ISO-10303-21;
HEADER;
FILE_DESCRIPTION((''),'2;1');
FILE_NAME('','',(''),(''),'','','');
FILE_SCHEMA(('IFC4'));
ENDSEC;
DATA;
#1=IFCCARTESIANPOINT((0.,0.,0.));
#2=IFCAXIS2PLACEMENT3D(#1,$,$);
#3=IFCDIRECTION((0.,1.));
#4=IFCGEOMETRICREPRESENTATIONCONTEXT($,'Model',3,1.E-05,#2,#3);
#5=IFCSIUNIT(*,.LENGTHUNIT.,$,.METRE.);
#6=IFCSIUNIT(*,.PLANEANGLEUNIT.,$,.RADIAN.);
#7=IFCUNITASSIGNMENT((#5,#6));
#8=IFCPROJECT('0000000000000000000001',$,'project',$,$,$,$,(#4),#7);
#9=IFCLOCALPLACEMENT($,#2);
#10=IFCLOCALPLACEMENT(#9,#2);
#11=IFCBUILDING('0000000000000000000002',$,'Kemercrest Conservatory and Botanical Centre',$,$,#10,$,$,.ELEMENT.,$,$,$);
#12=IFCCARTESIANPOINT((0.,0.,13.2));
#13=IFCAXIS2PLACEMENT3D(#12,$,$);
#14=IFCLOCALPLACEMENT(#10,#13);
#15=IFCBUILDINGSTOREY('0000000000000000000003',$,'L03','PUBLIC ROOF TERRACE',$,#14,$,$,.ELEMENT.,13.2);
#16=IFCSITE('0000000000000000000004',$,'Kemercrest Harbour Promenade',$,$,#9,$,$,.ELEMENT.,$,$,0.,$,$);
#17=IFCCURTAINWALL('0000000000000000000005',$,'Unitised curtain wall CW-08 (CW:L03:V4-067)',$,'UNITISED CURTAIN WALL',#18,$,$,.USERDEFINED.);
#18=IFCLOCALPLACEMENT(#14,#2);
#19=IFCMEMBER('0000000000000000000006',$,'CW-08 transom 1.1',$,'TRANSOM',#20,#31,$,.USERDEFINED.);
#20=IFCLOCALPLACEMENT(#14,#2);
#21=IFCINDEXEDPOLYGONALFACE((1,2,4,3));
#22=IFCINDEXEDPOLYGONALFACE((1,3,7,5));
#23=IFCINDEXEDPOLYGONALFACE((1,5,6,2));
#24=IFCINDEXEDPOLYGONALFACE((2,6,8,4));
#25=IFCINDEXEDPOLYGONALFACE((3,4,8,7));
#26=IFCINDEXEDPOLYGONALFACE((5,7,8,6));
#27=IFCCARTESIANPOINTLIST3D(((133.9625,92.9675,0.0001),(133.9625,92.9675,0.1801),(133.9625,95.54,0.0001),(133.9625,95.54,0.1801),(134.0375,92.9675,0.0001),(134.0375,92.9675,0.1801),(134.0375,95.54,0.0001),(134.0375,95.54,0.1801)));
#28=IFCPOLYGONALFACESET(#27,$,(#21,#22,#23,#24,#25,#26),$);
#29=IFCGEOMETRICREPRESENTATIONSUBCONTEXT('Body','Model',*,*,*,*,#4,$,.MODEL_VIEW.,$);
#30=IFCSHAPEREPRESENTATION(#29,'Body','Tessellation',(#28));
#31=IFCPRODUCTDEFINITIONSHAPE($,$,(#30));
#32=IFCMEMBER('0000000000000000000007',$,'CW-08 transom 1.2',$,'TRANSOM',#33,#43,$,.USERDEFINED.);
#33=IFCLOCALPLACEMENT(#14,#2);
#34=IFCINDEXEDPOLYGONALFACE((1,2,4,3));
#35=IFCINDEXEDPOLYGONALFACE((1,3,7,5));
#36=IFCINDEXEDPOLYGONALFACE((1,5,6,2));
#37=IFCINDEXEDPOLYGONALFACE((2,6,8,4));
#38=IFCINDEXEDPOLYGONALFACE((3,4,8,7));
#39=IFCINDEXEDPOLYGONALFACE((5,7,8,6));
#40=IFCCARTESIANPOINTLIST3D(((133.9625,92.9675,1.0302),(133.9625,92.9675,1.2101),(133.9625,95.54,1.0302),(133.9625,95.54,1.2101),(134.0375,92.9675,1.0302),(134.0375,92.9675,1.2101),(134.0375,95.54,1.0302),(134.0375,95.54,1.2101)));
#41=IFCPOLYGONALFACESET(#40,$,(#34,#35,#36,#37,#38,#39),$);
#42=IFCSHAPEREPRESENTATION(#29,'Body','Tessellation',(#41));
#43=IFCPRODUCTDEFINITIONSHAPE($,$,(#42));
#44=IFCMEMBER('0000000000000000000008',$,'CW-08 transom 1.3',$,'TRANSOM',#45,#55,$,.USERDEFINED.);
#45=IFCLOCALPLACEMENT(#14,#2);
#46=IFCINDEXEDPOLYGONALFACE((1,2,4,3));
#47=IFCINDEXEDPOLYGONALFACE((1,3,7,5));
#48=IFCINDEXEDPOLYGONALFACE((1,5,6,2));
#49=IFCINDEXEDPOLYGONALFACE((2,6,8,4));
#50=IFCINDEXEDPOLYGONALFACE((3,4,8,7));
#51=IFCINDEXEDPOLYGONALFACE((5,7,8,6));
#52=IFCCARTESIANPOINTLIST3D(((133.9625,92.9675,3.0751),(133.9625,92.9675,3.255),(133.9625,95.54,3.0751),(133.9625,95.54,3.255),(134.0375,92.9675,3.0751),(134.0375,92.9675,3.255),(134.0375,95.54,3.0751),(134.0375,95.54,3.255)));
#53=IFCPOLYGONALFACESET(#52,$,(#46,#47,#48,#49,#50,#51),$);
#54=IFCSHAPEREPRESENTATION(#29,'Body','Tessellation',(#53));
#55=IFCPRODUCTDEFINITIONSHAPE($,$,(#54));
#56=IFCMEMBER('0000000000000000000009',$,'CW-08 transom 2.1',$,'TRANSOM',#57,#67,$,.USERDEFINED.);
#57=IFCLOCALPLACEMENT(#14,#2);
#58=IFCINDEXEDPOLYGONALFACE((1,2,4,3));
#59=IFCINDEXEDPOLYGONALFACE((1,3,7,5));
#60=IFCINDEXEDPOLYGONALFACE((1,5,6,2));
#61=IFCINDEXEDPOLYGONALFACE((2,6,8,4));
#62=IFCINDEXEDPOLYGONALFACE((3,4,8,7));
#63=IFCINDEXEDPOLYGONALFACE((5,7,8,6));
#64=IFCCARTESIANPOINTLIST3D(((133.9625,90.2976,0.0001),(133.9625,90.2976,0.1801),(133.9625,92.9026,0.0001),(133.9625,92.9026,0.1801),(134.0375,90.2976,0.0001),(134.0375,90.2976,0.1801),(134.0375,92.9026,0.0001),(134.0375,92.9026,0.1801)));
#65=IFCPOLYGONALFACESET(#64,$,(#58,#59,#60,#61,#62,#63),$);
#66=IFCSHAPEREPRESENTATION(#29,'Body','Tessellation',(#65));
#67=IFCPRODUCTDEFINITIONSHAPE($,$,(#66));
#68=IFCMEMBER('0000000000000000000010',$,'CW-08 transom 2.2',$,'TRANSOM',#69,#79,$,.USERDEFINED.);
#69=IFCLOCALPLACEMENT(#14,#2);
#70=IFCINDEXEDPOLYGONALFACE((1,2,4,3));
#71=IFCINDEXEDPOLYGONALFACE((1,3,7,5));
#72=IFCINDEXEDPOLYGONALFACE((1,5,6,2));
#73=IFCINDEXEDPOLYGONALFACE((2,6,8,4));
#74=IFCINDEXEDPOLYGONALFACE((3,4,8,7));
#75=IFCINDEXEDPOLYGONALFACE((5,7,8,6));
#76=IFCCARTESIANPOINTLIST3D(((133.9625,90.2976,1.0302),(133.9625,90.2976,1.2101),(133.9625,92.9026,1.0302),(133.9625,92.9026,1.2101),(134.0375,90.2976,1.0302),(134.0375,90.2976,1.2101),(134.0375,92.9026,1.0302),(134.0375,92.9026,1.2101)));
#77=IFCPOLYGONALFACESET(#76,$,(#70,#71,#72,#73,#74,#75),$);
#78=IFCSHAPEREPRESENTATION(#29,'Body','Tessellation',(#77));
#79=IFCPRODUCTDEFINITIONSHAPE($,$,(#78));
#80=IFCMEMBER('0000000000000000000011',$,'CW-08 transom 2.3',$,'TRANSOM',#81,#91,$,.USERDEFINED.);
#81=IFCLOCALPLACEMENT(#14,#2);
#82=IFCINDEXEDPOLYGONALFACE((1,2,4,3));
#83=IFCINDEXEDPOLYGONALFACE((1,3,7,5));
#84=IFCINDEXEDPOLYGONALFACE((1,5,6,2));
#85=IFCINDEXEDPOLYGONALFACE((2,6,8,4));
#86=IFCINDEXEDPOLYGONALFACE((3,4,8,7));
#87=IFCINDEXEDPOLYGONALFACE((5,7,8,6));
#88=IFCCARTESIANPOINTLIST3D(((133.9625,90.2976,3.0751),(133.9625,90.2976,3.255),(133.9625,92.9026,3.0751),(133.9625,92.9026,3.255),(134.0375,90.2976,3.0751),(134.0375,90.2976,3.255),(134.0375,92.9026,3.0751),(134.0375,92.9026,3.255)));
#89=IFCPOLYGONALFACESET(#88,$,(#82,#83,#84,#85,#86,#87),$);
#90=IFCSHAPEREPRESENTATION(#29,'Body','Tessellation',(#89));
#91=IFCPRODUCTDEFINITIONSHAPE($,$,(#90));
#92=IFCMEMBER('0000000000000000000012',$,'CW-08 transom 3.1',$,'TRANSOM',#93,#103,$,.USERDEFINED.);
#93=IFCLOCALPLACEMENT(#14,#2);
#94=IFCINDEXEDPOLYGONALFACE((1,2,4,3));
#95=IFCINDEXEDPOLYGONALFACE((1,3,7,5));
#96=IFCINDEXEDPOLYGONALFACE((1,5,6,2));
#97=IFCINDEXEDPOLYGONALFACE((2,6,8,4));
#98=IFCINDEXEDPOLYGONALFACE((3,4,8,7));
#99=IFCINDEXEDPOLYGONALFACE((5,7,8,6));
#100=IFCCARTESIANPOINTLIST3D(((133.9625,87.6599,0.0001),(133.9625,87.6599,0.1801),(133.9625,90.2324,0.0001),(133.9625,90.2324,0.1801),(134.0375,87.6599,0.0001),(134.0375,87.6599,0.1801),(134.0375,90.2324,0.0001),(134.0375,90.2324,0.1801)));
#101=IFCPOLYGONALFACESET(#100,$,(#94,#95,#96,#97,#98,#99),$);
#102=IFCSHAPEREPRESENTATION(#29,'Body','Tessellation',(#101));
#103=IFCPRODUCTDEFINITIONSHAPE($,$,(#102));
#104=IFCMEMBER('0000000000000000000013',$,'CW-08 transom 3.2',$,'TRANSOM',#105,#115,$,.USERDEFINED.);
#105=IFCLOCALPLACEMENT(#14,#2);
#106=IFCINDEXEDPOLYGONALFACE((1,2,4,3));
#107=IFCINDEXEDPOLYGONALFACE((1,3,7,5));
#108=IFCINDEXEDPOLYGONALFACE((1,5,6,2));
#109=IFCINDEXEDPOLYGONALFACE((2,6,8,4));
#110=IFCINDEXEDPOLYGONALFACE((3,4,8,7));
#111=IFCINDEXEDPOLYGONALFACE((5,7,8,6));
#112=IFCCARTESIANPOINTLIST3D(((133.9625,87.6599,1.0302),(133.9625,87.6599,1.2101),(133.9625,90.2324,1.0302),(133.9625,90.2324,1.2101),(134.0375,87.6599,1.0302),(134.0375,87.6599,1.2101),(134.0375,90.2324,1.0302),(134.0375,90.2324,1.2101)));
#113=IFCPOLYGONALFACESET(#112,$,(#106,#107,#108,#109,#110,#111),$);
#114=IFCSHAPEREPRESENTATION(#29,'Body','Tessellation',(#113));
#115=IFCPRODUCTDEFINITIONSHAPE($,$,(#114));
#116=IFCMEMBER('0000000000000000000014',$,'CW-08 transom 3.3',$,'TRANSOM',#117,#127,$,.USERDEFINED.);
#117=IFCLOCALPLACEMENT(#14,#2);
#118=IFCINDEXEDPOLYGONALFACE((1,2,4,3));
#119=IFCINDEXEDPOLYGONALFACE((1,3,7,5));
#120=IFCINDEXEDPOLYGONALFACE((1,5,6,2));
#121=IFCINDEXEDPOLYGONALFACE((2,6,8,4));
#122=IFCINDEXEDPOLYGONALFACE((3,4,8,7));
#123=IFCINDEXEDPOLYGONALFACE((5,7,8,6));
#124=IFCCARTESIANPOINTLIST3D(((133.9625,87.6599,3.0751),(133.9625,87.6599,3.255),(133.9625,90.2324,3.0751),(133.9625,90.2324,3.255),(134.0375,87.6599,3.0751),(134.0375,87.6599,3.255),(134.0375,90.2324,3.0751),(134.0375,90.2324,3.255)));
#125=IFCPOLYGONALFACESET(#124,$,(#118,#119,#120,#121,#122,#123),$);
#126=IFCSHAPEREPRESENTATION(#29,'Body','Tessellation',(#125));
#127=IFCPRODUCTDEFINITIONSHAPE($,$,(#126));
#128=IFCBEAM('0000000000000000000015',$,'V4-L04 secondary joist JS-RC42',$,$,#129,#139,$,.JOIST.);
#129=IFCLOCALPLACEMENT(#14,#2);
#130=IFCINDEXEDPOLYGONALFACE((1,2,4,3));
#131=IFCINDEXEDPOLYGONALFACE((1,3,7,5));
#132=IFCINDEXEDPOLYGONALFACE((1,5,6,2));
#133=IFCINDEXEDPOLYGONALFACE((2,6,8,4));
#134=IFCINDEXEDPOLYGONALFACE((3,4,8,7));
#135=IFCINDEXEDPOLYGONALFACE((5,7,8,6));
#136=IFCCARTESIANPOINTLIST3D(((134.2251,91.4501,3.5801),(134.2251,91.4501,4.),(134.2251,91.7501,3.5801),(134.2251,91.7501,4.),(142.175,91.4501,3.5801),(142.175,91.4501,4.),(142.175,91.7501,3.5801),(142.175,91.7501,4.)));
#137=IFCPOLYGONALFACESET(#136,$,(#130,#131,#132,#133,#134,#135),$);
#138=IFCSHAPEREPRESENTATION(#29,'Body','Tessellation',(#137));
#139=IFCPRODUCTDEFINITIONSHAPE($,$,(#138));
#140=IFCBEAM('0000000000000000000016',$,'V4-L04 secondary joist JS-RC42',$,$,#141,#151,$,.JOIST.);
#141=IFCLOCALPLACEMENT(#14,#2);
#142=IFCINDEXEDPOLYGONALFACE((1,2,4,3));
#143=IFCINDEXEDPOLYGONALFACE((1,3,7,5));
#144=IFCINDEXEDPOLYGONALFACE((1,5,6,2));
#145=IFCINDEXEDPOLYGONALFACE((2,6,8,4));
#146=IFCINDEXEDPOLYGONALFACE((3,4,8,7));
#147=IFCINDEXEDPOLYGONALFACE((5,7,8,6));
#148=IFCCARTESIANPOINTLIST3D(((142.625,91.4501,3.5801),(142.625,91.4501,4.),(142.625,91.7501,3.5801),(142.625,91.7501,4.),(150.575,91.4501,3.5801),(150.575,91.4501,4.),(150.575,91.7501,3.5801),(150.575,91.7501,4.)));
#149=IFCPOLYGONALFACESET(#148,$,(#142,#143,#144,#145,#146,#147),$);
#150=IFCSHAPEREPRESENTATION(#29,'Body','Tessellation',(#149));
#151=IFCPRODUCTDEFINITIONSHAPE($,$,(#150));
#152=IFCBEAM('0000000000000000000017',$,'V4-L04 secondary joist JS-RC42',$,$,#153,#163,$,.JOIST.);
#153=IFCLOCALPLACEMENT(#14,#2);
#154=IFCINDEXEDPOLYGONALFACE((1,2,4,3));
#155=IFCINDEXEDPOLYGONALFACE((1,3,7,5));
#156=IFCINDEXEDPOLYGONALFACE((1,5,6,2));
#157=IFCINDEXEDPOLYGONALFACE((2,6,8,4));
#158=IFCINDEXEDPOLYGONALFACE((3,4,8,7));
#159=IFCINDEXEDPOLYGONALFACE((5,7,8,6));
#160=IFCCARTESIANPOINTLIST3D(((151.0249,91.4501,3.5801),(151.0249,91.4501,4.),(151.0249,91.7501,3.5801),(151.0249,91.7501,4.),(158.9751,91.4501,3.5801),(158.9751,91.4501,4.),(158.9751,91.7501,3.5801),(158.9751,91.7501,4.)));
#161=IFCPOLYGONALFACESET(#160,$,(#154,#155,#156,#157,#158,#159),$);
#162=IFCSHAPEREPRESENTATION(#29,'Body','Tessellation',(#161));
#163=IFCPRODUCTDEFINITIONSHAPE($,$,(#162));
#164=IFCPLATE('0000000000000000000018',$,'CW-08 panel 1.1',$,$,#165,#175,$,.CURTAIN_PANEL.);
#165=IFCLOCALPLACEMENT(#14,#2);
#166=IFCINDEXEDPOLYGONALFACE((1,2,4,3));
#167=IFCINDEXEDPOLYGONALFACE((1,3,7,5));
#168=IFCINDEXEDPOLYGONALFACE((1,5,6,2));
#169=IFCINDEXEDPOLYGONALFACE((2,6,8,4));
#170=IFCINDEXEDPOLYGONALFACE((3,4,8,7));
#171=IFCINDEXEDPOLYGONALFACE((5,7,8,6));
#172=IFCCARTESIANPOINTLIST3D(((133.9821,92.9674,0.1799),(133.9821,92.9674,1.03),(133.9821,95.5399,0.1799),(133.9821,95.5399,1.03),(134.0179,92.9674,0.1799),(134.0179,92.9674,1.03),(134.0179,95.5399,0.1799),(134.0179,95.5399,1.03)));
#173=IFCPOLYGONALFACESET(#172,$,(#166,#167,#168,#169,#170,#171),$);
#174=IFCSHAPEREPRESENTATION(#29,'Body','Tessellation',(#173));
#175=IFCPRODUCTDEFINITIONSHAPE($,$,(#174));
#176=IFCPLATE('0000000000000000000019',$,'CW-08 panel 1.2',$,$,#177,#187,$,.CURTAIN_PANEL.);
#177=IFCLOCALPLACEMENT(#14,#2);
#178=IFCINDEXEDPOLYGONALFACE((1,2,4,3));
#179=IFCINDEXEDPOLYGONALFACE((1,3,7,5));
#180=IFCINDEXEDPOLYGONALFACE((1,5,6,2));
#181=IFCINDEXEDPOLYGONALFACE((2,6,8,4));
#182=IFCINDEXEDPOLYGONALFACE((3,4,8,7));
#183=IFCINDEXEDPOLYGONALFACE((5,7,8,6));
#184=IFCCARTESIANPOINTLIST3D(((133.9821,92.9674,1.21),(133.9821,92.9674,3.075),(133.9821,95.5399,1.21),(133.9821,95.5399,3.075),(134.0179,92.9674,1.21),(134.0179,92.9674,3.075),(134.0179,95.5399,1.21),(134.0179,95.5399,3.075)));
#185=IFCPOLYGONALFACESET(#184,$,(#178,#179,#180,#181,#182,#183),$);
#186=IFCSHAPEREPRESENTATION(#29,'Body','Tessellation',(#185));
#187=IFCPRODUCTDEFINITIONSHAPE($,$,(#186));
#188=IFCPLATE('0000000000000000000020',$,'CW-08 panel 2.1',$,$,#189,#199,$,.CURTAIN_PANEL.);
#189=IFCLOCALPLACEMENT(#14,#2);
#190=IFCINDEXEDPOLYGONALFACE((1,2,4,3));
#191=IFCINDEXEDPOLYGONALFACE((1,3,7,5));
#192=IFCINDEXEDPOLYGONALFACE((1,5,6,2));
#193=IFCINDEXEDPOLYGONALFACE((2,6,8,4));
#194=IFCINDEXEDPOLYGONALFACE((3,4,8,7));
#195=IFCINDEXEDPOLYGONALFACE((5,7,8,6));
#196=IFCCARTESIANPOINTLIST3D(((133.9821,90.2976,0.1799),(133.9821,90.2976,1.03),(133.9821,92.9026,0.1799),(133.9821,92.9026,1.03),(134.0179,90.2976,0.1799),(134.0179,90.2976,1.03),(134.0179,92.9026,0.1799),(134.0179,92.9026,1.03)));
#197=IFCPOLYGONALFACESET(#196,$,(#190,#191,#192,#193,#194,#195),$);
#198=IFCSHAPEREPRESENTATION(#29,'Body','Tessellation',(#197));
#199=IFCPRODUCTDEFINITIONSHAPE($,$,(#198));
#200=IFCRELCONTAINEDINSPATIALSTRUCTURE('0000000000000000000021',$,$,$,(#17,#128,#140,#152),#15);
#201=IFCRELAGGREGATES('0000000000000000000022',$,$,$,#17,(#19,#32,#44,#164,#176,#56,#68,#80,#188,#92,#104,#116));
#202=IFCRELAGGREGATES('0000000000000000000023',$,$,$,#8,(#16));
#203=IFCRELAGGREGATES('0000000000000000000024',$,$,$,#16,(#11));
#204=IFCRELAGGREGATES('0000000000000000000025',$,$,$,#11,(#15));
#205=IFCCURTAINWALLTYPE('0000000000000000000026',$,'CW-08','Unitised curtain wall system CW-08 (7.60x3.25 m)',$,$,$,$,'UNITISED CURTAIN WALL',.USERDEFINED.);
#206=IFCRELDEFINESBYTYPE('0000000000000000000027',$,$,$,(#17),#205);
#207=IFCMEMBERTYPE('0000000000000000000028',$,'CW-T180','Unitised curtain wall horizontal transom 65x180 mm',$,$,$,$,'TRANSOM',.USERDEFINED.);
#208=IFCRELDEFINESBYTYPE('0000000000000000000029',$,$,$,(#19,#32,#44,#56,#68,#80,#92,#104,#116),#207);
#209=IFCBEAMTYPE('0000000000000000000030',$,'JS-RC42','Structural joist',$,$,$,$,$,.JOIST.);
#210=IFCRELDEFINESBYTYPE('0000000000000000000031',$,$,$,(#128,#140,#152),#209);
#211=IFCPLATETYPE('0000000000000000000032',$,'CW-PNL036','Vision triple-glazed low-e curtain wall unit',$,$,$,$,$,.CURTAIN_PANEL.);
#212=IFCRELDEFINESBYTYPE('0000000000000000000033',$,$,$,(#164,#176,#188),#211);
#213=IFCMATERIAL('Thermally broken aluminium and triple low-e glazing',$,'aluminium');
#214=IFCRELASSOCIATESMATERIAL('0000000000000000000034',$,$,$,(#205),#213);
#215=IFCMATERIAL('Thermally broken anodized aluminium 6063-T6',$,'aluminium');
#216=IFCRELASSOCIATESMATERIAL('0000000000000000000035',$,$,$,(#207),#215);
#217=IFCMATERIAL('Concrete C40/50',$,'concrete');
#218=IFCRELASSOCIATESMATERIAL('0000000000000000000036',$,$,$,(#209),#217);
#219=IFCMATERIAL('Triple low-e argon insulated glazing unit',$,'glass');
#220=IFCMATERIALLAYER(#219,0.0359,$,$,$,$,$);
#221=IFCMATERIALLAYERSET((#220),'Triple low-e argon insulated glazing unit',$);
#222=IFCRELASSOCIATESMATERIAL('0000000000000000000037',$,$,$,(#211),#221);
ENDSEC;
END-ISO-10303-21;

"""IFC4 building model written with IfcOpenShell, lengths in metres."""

from ifc_helpers import new_model, si_unit, direction, frame, origin, origin_2d, place, context, subcontext, project, spatial, rectangle, extrude, material, layer, layer_set, material_profile, profile_set, type_object, element, aggregate, save


model = new_model("IFC4")

# Units and contexts
model_context = context("Model", 3, precision=1e-05, world=origin(), true_north=direction((0.0, 1.0)))
body_context = subcontext(model_context, "Body", "Model", "MODEL_VIEW")
ifc_project = project(units=[si_unit("LENGTHUNIT", "METRE"), si_unit("PLANEANGLEUNIT", "RADIAN")], contexts=[model_context])

# Site, building, storey
site_placement = place(None, origin())
site = spatial("IfcSite", under=ifc_project, at=site_placement, Name="Kemercrest Harbour Promenade", CompositionType="ELEMENT", RefElevation=0.0)
building_placement = place(site_placement, origin())
building = spatial("IfcBuilding", under=site, at=building_placement, Name="Kemercrest Conservatory and Botanical Centre", CompositionType="ELEMENT")
storey_placement = place(building_placement, frame((0.0, 0.0, 13.2)))
storey = spatial("IfcBuildingStorey", under=building, at=storey_placement, Name="L03", Description="PUBLIC ROOF TERRACE", CompositionType="ELEMENT", Elevation=13.2)

# Shared definitions
ifc_material_1 = material(Name="Concrete C40/50", Category="concrete")

# Curtain wall, members
ifc_material_2 = material(Name="Thermally broken aluminium and triple low-e glazing", Category="aluminium")
curtain_wall_type = type_object("IfcCurtainWallType", Name="CW-08", Description="Unitised curtain wall system CW-08 (7.60x3.25 m)", ElementType="UNITISED CURTAIN WALL", PredefinedType="USERDEFINED", material=ifc_material_2)
curtain_wall_placement = place(storey_placement, origin())
curtain_wall = element("IfcCurtainWall", 1, at=curtain_wall_placement, inside=storey, type_object=curtain_wall_type, Name="Unitised curtain wall CW-08 (CW:L03:V4-067)", ObjectType="UNITISED CURTAIN WALL", PredefinedType="USERDEFINED")
ifc_material_3 = material(Name="Thermally broken anodized aluminium 6063-T6", Category="aluminium")
ifc_material_profile_1 = material_profile(ifc_material_3, rectangle(XDim=0.075, YDim=0.1799, at=origin_2d()), Name="AL TRANSOM 75x180")
ifc_profile_set_1 = profile_set([ifc_material_profile_1], Name="Thermally broken anodized aluminium 6063-T6")
member_type_1 = type_object("IfcMemberType", Name="CW-T180", Description="Unitised curtain wall horizontal transom 65x180 mm", ElementType="TRANSOM", PredefinedType="USERDEFINED", material=ifc_profile_set_1)
member_1_placement = place(storey_placement, frame((134.0, 95.54, 0.0901), z_axis=(0.0, -1.0, 0.0), x_axis=(1.0, 0.0, 0.0)))
member_1 = element("IfcMember", 2, at=member_1_placement, type_object=member_type_1, Name="CW-08 transom 1.1", ObjectType="TRANSOM", PredefinedType="USERDEFINED", context=body_context, shape_type="SweptSolid", body=[
    extrude(rectangle(XDim=0.075, YDim=0.1799, at=origin_2d()), origin(), (0.0, 0.0, 1.0), 2.5725),
])
member_2_placement = place(storey_placement, frame((134.0, 95.54, 1.1201), z_axis=(0.0, -1.0, 0.0), x_axis=(1.0, 0.0, 0.0)))
member_2 = element("IfcMember", 3, at=member_2_placement, type_object=member_type_1, Name="CW-08 transom 1.2", ObjectType="TRANSOM", PredefinedType="USERDEFINED", context=body_context, shape_type="SweptSolid", body=[
    extrude(rectangle(XDim=0.075, YDim=0.1799, at=origin_2d()), origin(), (0.0, 0.0, 1.0), 2.5725),
])
member_3_placement = place(storey_placement, frame((134.0, 95.54, 3.165), z_axis=(0.0, -1.0, 0.0), x_axis=(1.0, 0.0, 0.0)))
member_3 = element("IfcMember", 4, at=member_3_placement, type_object=member_type_1, Name="CW-08 transom 1.3", ObjectType="TRANSOM", PredefinedType="USERDEFINED", context=body_context, shape_type="SweptSolid", body=[
    extrude(rectangle(XDim=0.075, YDim=0.1799, at=origin_2d()), origin(), (0.0, 0.0, 1.0), 2.5725),
])
member_4_placement = place(storey_placement, frame((134.0, 92.9026, 0.0901), z_axis=(0.0, -1.0, 0.0), x_axis=(1.0, 0.0, 0.0)))
member_4 = element("IfcMember", 5, at=member_4_placement, type_object=member_type_1, Name="CW-08 transom 2.1", ObjectType="TRANSOM", PredefinedType="USERDEFINED", context=body_context, shape_type="SweptSolid", body=[
    extrude(rectangle(XDim=0.075, YDim=0.1799, at=origin_2d()), origin(), (0.0, 0.0, 1.0), 2.605),
])
member_5_placement = place(storey_placement, frame((134.0, 92.9026, 1.1201), z_axis=(0.0, -1.0, 0.0), x_axis=(1.0, 0.0, 0.0)))
member_5 = element("IfcMember", 6, at=member_5_placement, type_object=member_type_1, Name="CW-08 transom 2.2", ObjectType="TRANSOM", PredefinedType="USERDEFINED", context=body_context, shape_type="SweptSolid", body=[
    extrude(rectangle(XDim=0.075, YDim=0.1799, at=origin_2d()), origin(), (0.0, 0.0, 1.0), 2.605),
])
member_6_placement = place(storey_placement, frame((134.0, 92.9026, 3.165), z_axis=(0.0, -1.0, 0.0), x_axis=(1.0, 0.0, 0.0)))
member_6 = element("IfcMember", 7, at=member_6_placement, type_object=member_type_1, Name="CW-08 transom 2.3", ObjectType="TRANSOM", PredefinedType="USERDEFINED", context=body_context, shape_type="SweptSolid", body=[
    extrude(rectangle(XDim=0.075, YDim=0.1799, at=origin_2d()), origin(), (0.0, 0.0, 1.0), 2.605),
])
member_7_placement = place(storey_placement, frame((134.0, 90.2324, 0.0901), z_axis=(0.0, -1.0, 0.0), x_axis=(1.0, 0.0, 0.0)))
member_7 = element("IfcMember", 8, at=member_7_placement, type_object=member_type_1, Name="CW-08 transom 3.1", ObjectType="TRANSOM", PredefinedType="USERDEFINED", context=body_context, shape_type="SweptSolid", body=[
    extrude(rectangle(XDim=0.075, YDim=0.1799, at=origin_2d()), origin(), (0.0, 0.0, 1.0), 2.5725),
])
member_8_placement = place(storey_placement, frame((134.0, 90.2324, 1.1201), z_axis=(0.0, -1.0, 0.0), x_axis=(1.0, 0.0, 0.0)))
member_8 = element("IfcMember", 9, at=member_8_placement, type_object=member_type_1, Name="CW-08 transom 3.2", ObjectType="TRANSOM", PredefinedType="USERDEFINED", context=body_context, shape_type="SweptSolid", body=[
    extrude(rectangle(XDim=0.075, YDim=0.1799, at=origin_2d()), origin(), (0.0, 0.0, 1.0), 2.5725),
])
member_9_placement = place(storey_placement, frame((134.0, 90.2324, 3.165), z_axis=(0.0, -1.0, 0.0), x_axis=(1.0, 0.0, 0.0)))
member_9 = element("IfcMember", 10, at=member_9_placement, type_object=member_type_1, Name="CW-08 transom 3.3", ObjectType="TRANSOM", PredefinedType="USERDEFINED", context=body_context, shape_type="SweptSolid", body=[
    extrude(rectangle(XDim=0.075, YDim=0.1799, at=origin_2d()), origin(), (0.0, 0.0, 1.0), 2.5725),
])

# Beams
ifc_material_profile_2 = material_profile(ifc_material_1, rectangle(XDim=0.3, YDim=0.4199, at=origin_2d()), Name="RC 300x420")
ifc_profile_set_2 = profile_set([ifc_material_profile_2], Name="Concrete C40/50")
beam_type_1 = type_object("IfcBeamType", Name="JS-RC42", Description="Structural joist", PredefinedType="JOIST", material=ifc_profile_set_2)
for number, where, z_axis, x_axis, name in (
    (11, (134.2251, 91.6001, 3.79), (1.0, 0.0, 0.0), (0.0, 1.0, 0.0), "V4-L04 secondary joist JS-RC42"),
    (12, (142.625, 91.6001, 3.79), (1.0, 0.0, 0.0), (0.0, 1.0, 0.0), "V4-L04 secondary joist JS-RC42"),
):
    element("IfcBeam", number, at=place(storey_placement, frame(where, z_axis=z_axis, x_axis=x_axis)), inside=storey, type_object=beam_type_1, Name=name, PredefinedType="JOIST", context=body_context, shape_type="SweptSolid", body=[
        extrude(rectangle(XDim=0.3, YDim=0.4199, at=origin_2d()), origin(), (0.0, 0.0, 1.0), 7.95),
    ])
beam_1_placement = place(storey_placement, frame((151.0249, 91.6001, 3.79), z_axis=(1.0, 0.0, 0.0), x_axis=(0.0, 1.0, 0.0)))
element("IfcBeam", 13, at=beam_1_placement, inside=storey, type_object=beam_type_1, Name="V4-L04 secondary joist JS-RC42", PredefinedType="JOIST", context=body_context, shape_type="SweptSolid", body=[
    extrude(rectangle(XDim=0.3, YDim=0.4199, at=origin_2d()), origin(), (0.0, 0.0, 1.0), 7.9502),
])

# Plates
ifc_material_4 = material(Name="Triple low-e argon insulated glazing unit", Category="glass")
ifc_layer_1 = layer(ifc_material_4, 0.0359)
ifc_layer_set_1 = layer_set([ifc_layer_1], Name="Triple low-e argon insulated glazing unit")
plate_type = type_object("IfcPlateType", Name="CW-PNL036", Description="Vision triple-glazed low-e curtain wall unit", PredefinedType="CURTAIN_PANEL", material=ifc_layer_set_1)
plate_1_placement = place(storey_placement, frame((134.0, 94.2537, 0.1799), z_axis=(0.0, 0.0, 1.0), x_axis=(0.0, -1.0, 0.0)))
plate_1 = element("IfcPlate", 14, at=plate_1_placement, type_object=plate_type, Name="CW-08 panel 1.1", PredefinedType="CURTAIN_PANEL", context=body_context, shape_type="SweptSolid", body=[
    extrude(rectangle(XDim=2.5725, YDim=0.0359, at=origin_2d()), origin(), (0.0, 0.0, 1.0), 0.8501),
])
plate_2_placement = place(storey_placement, frame((134.0, 94.2537, 1.21), z_axis=(0.0, 0.0, 1.0), x_axis=(0.0, -1.0, 0.0)))
plate_2 = element("IfcPlate", 15, at=plate_2_placement, type_object=plate_type, Name="CW-08 panel 1.2", PredefinedType="CURTAIN_PANEL", context=body_context, shape_type="SweptSolid", body=[
    extrude(rectangle(XDim=2.5725, YDim=0.0359, at=origin_2d()), origin(), (0.0, 0.0, 1.0), 1.865),
])
plate_3_placement = place(storey_placement, frame((134.0, 91.6001, 0.1799), z_axis=(0.0, 0.0, 1.0), x_axis=(0.0, -1.0, 0.0)))
plate_3 = element("IfcPlate", 16, at=plate_3_placement, type_object=plate_type, Name="CW-08 panel 2.1", PredefinedType="CURTAIN_PANEL", context=body_context, shape_type="SweptSolid", body=[
    extrude(rectangle(XDim=2.605, YDim=0.0359, at=origin_2d()), origin(), (0.0, 0.0, 1.0), 0.8501),
])
aggregate(curtain_wall, [member_1, member_2, member_3, plate_1, plate_2, member_4, member_5, member_6, plate_3, member_7, member_8, member_9])

save(model, "model.ifc")
